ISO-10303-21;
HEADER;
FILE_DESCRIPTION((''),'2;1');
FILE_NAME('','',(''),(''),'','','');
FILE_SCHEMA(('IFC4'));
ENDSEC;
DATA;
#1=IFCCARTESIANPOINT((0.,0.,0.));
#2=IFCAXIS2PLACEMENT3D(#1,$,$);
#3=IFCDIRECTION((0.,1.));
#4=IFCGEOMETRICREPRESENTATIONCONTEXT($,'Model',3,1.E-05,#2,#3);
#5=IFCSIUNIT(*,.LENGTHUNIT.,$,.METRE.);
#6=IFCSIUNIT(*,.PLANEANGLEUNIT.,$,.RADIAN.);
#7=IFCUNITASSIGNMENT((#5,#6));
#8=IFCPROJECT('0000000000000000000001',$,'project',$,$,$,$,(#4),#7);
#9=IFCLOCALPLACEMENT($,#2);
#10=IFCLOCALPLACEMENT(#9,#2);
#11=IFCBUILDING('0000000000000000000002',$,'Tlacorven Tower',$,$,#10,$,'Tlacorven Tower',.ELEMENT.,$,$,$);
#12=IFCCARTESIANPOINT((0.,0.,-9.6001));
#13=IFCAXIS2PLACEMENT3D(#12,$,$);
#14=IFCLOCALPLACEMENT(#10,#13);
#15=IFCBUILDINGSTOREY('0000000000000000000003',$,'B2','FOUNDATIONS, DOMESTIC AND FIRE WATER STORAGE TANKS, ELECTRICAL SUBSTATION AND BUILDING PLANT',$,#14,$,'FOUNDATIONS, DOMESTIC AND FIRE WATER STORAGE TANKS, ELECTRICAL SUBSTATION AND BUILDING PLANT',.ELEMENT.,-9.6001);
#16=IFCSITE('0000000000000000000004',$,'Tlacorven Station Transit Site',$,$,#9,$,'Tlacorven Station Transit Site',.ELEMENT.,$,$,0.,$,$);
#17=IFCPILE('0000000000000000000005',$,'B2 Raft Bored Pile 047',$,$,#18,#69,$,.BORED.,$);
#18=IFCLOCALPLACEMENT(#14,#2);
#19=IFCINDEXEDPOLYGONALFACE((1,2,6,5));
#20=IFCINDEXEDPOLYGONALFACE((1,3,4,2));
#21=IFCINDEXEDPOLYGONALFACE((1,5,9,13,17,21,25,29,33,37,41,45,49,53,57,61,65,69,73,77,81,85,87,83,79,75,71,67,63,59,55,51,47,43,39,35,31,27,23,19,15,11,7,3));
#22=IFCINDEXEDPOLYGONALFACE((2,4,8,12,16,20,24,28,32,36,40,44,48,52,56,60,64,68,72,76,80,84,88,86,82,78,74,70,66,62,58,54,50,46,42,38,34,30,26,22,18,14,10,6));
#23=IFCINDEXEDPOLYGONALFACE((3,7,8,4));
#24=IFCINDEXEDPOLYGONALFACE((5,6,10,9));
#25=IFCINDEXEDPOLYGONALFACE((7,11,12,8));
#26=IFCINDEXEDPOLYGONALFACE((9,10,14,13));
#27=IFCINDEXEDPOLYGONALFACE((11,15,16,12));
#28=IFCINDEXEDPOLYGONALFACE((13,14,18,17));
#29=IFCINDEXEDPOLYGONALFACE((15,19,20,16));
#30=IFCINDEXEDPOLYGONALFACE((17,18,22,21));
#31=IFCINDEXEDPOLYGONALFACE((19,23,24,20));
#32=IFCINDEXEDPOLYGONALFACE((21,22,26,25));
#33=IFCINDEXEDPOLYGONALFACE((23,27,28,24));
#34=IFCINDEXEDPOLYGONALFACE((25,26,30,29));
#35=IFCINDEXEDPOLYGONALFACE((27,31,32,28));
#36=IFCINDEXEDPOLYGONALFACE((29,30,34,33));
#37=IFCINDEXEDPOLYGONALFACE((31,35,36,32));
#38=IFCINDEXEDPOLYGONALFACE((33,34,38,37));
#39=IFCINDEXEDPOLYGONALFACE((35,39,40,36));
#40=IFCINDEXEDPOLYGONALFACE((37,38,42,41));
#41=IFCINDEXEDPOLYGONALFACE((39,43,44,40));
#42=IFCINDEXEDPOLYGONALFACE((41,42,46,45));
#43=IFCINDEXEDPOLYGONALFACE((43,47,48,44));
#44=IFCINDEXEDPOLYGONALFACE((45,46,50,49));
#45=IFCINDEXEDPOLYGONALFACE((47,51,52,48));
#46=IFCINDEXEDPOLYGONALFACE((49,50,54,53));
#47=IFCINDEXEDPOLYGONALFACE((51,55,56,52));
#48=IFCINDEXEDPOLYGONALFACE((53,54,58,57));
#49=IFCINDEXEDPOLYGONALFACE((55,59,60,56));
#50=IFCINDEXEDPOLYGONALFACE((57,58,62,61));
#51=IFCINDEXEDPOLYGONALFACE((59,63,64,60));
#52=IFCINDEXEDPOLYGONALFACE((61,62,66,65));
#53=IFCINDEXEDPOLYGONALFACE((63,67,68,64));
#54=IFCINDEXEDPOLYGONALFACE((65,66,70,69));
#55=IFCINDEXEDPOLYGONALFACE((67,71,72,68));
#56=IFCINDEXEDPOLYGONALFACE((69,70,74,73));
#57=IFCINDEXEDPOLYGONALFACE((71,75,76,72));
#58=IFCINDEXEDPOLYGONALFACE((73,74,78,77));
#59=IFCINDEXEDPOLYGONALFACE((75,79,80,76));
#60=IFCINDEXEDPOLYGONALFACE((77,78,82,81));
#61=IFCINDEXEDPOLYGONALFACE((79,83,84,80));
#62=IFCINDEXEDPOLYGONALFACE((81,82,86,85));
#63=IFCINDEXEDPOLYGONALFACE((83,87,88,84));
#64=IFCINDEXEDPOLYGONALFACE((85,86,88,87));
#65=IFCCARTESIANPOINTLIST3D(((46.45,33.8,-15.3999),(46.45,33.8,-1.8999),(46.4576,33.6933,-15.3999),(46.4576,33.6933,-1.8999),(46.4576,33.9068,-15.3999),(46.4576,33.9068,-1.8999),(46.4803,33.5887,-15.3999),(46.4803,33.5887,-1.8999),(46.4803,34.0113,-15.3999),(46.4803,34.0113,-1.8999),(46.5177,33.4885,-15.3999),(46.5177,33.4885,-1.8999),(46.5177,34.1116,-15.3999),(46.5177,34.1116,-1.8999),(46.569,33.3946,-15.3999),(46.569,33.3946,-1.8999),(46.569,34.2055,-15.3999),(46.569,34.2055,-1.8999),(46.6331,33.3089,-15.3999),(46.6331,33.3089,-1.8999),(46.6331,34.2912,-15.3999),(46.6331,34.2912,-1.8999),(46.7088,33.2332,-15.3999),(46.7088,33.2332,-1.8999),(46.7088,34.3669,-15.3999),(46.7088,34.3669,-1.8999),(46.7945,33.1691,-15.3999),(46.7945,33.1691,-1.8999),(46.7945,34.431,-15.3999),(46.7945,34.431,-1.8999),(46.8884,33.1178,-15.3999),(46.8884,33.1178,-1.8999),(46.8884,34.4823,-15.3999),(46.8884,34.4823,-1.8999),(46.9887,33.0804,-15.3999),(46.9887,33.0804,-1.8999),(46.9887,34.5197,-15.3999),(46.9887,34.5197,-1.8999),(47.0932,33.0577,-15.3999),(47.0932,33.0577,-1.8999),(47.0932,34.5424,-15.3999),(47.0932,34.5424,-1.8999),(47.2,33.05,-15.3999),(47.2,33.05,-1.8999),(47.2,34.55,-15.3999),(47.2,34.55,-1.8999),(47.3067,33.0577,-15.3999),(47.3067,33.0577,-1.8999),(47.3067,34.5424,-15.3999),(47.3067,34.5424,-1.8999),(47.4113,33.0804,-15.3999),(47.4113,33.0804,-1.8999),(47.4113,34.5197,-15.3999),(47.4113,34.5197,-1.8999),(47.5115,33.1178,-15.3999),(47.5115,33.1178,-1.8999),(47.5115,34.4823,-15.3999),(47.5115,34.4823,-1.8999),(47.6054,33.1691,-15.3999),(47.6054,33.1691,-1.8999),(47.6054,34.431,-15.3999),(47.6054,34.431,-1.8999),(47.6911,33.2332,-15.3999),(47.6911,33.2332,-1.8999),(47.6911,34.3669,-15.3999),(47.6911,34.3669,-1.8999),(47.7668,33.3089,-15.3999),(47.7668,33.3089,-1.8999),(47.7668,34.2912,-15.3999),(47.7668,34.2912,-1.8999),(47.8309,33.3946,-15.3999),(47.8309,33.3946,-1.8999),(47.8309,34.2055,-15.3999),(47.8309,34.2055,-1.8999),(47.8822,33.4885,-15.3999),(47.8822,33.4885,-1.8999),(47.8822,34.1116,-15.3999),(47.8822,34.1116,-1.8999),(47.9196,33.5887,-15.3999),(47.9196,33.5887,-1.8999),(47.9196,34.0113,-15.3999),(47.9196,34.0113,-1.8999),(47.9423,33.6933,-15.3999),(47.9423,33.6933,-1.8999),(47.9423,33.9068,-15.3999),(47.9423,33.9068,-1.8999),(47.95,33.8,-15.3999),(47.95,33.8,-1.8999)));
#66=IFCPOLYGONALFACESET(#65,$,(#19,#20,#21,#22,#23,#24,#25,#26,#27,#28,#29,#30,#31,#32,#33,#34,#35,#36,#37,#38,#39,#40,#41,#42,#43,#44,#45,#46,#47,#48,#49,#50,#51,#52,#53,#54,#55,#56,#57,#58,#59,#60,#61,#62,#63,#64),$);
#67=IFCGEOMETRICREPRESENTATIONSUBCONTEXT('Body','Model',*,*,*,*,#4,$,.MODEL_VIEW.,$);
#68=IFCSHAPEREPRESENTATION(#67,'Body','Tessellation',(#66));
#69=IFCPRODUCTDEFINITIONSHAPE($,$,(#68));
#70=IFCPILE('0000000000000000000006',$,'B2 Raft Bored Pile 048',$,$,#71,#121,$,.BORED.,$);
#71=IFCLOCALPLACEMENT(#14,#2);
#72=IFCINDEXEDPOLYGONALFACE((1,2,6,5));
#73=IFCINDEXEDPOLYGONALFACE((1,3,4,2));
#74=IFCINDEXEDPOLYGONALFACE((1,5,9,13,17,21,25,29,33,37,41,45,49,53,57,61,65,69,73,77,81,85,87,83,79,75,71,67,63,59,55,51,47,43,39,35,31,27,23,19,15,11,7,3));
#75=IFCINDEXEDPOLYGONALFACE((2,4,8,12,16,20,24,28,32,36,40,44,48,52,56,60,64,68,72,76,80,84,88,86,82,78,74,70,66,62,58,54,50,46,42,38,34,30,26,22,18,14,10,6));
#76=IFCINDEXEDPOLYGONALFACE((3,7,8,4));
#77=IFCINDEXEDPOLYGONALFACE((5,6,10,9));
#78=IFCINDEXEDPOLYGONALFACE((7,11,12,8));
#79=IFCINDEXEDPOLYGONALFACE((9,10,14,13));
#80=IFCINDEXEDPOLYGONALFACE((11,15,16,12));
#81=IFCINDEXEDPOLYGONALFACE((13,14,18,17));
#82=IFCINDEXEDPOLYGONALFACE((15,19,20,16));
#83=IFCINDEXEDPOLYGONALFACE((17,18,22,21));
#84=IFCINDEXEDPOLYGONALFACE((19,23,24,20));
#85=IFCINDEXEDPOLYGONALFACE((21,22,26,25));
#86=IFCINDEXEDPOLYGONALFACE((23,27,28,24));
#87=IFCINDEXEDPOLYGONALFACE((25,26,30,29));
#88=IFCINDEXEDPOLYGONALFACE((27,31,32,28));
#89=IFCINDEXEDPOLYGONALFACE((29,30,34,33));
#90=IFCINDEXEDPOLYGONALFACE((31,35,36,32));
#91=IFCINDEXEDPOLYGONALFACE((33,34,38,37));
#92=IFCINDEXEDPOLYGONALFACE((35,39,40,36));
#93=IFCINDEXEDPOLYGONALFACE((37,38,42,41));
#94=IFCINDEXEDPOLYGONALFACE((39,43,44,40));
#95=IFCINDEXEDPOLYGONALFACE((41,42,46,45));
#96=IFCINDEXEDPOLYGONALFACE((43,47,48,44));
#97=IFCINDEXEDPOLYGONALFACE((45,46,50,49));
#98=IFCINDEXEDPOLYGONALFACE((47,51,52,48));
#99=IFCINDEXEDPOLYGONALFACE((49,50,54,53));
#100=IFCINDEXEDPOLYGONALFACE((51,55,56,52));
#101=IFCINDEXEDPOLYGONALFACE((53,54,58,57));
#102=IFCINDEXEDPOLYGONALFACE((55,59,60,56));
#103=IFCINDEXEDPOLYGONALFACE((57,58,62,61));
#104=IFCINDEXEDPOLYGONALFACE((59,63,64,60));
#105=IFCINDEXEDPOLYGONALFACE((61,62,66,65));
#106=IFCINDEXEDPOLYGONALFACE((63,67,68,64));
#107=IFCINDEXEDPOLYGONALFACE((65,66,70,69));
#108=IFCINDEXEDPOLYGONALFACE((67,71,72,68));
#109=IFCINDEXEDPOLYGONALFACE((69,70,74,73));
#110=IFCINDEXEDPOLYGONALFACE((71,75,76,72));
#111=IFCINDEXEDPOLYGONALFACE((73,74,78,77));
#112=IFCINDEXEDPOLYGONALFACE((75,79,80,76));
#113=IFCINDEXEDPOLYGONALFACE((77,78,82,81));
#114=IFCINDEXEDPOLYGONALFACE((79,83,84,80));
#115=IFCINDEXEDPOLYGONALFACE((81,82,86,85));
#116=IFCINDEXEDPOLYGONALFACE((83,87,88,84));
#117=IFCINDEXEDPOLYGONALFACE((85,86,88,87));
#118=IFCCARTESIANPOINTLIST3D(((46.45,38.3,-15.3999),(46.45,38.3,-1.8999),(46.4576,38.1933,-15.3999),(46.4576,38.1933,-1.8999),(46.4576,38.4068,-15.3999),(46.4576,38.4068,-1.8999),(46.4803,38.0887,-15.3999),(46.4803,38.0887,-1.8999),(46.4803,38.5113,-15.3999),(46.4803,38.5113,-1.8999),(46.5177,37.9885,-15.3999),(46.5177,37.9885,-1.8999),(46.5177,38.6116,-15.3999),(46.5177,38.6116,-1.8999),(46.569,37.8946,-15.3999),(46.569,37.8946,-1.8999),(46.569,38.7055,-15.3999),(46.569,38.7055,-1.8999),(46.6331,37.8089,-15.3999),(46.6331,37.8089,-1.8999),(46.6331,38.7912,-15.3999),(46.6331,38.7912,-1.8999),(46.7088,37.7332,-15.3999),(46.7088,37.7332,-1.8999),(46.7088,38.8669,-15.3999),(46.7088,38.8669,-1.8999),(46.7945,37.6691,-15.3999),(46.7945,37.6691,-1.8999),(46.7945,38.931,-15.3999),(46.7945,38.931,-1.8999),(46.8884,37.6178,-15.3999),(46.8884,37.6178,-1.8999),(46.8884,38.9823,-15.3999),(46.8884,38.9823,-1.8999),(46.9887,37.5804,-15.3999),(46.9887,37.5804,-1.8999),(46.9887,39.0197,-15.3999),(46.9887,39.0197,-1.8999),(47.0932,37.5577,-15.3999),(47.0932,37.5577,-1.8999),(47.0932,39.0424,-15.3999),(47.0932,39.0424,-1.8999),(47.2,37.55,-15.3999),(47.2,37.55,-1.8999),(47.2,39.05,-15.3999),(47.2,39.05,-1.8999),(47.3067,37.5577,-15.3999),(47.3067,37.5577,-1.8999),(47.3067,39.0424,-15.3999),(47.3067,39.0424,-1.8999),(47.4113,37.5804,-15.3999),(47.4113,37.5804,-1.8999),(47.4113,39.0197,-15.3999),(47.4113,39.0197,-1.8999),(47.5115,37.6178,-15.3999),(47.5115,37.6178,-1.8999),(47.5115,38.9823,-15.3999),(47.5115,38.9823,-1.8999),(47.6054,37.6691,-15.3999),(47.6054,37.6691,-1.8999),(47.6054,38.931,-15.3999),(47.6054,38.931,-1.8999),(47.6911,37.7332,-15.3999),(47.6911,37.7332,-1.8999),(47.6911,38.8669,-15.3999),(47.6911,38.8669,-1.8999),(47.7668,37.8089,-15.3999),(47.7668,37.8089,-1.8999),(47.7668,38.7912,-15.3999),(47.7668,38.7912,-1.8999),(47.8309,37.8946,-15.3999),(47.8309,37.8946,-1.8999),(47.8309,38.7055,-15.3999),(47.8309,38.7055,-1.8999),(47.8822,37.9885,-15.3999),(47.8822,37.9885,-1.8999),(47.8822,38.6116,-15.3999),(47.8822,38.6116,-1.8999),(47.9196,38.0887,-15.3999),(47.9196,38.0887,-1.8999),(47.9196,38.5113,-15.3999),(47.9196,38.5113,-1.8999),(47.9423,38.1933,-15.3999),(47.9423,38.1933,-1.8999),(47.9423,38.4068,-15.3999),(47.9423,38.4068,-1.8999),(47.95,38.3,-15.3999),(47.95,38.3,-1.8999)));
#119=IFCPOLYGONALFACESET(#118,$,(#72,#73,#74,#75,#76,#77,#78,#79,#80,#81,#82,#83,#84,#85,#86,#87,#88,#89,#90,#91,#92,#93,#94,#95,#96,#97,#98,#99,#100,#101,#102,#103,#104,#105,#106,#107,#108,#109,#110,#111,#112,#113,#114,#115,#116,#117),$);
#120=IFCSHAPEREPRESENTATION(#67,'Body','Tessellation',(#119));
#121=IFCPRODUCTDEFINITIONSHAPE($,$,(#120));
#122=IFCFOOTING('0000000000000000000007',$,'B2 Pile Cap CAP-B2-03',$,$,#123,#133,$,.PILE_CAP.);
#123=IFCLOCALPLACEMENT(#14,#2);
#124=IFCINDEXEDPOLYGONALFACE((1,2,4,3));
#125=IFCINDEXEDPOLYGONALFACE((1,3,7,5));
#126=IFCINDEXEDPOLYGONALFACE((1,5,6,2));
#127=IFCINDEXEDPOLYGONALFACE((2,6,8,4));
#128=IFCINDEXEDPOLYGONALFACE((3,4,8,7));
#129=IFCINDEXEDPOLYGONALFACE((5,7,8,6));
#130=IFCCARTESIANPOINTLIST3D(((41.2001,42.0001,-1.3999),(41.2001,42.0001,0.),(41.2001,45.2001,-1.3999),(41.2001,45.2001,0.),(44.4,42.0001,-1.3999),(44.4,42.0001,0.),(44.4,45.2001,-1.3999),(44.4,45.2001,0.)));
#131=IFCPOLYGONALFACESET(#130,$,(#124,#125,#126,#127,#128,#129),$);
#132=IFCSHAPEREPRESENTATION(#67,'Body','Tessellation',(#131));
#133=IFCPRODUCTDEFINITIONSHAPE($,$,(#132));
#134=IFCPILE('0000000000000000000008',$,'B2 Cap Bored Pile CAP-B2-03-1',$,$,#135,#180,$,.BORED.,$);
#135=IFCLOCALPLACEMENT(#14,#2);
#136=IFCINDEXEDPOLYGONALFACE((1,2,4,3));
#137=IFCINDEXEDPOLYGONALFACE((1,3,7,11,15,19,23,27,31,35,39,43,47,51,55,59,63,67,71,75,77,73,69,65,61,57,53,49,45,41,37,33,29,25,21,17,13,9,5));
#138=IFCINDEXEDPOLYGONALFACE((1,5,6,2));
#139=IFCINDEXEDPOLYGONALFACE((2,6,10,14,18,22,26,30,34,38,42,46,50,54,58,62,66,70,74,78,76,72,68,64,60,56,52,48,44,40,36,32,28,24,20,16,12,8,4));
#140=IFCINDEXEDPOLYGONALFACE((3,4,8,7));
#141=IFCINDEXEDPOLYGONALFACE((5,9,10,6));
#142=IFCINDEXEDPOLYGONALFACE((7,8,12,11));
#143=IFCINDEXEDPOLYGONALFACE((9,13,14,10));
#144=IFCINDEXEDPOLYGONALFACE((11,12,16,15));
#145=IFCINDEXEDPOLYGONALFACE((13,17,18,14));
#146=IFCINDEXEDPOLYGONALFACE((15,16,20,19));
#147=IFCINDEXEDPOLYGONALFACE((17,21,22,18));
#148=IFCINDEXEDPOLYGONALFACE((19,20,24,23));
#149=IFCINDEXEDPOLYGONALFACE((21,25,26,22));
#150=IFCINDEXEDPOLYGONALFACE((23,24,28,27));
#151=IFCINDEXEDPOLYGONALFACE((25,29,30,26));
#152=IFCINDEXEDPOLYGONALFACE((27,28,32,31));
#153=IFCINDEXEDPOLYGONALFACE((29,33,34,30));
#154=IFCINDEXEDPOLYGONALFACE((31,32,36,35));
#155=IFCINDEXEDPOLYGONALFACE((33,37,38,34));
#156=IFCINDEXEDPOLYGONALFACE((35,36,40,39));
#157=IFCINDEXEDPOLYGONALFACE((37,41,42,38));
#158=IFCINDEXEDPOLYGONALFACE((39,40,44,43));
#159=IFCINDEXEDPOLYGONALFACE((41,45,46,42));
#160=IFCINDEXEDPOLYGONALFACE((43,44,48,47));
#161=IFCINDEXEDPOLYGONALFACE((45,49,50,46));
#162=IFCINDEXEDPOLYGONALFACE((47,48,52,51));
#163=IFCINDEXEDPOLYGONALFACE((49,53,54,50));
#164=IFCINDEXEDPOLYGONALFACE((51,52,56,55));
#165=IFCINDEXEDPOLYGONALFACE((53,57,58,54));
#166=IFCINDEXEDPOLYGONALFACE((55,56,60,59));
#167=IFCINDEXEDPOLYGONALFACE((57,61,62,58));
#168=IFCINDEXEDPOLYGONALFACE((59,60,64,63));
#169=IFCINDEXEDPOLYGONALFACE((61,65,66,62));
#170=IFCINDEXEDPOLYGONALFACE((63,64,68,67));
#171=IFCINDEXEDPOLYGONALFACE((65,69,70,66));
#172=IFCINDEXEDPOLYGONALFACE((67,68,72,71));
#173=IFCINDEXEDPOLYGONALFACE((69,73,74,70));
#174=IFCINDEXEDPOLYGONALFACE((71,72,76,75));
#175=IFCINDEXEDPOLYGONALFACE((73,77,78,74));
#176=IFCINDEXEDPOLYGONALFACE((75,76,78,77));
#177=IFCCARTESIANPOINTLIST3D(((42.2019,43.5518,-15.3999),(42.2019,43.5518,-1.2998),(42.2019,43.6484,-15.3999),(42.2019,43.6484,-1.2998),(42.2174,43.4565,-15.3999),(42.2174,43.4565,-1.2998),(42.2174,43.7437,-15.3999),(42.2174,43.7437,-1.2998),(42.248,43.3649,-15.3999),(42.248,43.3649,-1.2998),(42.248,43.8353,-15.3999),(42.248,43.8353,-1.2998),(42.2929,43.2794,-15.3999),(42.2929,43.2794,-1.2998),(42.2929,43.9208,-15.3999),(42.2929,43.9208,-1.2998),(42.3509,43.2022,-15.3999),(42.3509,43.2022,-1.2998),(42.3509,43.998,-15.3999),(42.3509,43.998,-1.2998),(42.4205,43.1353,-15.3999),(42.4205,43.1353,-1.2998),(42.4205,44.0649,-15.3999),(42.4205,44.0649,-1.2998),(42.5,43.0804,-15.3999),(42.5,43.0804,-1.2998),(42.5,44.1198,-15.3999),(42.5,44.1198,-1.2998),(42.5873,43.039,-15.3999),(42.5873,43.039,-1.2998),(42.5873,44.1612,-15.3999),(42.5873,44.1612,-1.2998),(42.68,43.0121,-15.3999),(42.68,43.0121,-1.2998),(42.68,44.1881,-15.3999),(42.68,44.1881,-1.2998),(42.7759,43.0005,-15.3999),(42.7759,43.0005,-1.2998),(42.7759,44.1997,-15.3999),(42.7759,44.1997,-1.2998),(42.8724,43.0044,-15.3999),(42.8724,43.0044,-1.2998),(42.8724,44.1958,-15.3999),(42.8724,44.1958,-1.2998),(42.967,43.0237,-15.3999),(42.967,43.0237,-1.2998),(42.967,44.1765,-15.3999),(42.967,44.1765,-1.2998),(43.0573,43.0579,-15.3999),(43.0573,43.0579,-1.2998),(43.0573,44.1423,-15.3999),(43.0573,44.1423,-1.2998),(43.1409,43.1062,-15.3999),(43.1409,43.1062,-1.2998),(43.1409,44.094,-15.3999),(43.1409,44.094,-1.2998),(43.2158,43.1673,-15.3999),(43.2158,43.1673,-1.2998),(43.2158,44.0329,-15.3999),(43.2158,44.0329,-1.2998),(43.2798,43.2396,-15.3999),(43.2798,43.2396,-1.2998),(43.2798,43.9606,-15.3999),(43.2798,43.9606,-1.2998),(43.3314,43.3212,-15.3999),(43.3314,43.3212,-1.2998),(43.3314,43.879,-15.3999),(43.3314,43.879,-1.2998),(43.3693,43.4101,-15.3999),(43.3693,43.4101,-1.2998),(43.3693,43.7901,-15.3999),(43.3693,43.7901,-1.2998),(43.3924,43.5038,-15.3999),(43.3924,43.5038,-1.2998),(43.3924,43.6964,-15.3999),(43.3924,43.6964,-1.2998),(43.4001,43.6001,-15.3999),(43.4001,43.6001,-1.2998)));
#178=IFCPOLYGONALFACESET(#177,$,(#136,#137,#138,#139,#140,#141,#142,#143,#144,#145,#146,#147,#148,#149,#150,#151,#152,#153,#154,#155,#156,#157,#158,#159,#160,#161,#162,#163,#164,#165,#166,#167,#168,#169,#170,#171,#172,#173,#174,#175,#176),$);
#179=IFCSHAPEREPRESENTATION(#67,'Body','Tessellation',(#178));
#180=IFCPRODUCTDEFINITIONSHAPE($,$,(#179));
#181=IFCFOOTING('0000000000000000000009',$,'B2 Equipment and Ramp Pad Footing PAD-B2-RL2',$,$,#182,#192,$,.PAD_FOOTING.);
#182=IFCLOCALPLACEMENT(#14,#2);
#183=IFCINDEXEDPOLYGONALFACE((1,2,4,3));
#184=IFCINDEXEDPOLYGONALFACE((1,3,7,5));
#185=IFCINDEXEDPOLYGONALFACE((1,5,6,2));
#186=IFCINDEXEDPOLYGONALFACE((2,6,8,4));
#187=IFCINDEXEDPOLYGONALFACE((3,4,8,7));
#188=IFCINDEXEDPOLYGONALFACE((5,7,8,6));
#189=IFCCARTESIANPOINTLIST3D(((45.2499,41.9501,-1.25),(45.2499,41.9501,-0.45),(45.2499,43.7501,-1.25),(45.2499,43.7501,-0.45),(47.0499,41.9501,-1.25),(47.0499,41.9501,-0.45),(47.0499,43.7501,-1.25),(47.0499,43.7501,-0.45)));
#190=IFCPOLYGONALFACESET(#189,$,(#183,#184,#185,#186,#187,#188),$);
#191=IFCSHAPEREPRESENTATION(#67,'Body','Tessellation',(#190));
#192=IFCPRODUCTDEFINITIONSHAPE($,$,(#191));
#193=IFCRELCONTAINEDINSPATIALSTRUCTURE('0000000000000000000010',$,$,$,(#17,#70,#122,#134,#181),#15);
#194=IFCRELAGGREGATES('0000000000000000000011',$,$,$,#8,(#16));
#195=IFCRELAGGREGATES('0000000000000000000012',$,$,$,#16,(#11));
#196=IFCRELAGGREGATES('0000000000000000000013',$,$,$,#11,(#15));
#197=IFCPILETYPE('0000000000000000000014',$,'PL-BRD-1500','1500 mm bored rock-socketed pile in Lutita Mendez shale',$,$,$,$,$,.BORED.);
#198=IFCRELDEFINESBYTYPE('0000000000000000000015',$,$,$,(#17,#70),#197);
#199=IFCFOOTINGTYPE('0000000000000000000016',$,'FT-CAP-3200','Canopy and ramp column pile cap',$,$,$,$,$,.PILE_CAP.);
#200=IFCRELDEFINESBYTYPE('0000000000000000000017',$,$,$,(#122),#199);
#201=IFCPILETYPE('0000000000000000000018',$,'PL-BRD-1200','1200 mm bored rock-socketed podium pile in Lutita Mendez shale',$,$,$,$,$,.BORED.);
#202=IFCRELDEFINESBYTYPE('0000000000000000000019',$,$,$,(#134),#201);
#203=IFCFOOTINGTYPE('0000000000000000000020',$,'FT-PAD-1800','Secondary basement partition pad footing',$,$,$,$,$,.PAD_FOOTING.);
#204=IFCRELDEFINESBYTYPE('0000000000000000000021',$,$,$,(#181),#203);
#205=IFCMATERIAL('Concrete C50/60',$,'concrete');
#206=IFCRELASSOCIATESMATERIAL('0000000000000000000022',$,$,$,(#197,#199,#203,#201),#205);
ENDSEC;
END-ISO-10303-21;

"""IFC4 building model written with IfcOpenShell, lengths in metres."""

from ifc_helpers import new_model, si_unit, direction, frame, origin, origin_2d, place, context, subcontext, project, spatial, rectangle, circle, extrude, source, transform, mapped, material, material_profile, profile_set, type_object, element, save


model = new_model("IFC4")

# Units and contexts
model_context = context("Model", 3, precision=1e-05, world=origin(), true_north=direction((0.0, 1.0)))
body_context = subcontext(model_context, "Body", "Model", "MODEL_VIEW")
ifc_project = project(units=[si_unit("LENGTHUNIT", "METRE"), si_unit("PLANEANGLEUNIT", "RADIAN")], contexts=[model_context])

# Site, building, storey
site_placement = place(None, origin())
site = spatial("IfcSite", under=ifc_project, at=site_placement, Name="Tlacorven Station Transit Site", LongName="Tlacorven Station Transit Site", CompositionType="ELEMENT", RefElevation=0.0)
building_placement = place(site_placement, origin())
building = spatial("IfcBuilding", under=site, at=building_placement, Name="Tlacorven Tower", LongName="Tlacorven Tower", CompositionType="ELEMENT")
storey_placement = place(building_placement, frame((0.0, 0.0, -9.6001)))
storey = spatial("IfcBuildingStorey", under=building, at=storey_placement, Name="B2", Description="FOUNDATIONS, DOMESTIC AND FIRE WATER STORAGE TANKS, ELECTRICAL SUBSTATION AND BUILDING PLANT", LongName="FOUNDATIONS, DOMESTIC AND FIRE WATER STORAGE TANKS, ELECTRICAL SUBSTATION AND BUILDING PLANT", CompositionType="ELEMENT", Elevation=-9.6001)

# Piles
ifc_material_1 = material(Name="Concrete C50/60", Category="concrete")
ifc_material_profile_1 = material_profile(ifc_material_1, circle(Radius=0.75, at=origin_2d()), Name="BORED PILE D1500")
ifc_profile_set_1 = profile_set([ifc_material_profile_1], Name="Concrete C50/60")
pile_type_1 = type_object("IfcPileType", Name="PL-BRD-1500", Description="1500 mm bored rock-socketed pile in Lutita Mendez shale", PredefinedType="BORED", material=ifc_profile_set_1)
shared_shape_1 = source(origin(), body_context, "Body", "SweptSolid", [
    extrude(circle(Radius=0.75, at=origin_2d()), origin(), (0.0, 0.0, 1.0), 13.5),
])
for number, where, z_axis, x_axis, name in (
    (1, (47.2, 33.8, -1.8999), (0.0, 0.0, -1.0), (1.0, 0.0, 0.0), "B2 Raft Bored Pile 047"),
    (2, (47.2, 38.3, -1.8999), (0.0, 0.0, -1.0), (1.0, 0.0, 0.0), "B2 Raft Bored Pile 048"),
):
    element("IfcPile", number, at=place(storey_placement, frame(where, z_axis=z_axis, x_axis=x_axis)), inside=storey, type_object=pile_type_1, Name=name, PredefinedType="BORED", context=body_context, shape_type="MappedRepresentation", body=[
        mapped(shared_shape_1, transform((0.0, 0.0, 0.0), scale=1.0)),
    ])

# Footing
footing_type_1 = type_object("IfcFootingType", Name="FT-CAP-3200", Description="Canopy and ramp column pile cap", PredefinedType="PILE_CAP", material=ifc_material_1)
shared_shape_2 = source(origin(), body_context, "Body", "SweptSolid", [
    extrude(rectangle(XDim=3.2, YDim=3.2, at=origin_2d()), origin(), (0.0, 0.0, 1.0), 1.3999),
])
footing_1_placement = place(storey_placement, frame((42.8, 43.6001, -1.3999), z_axis=(0.0, 0.0, 1.0), x_axis=(1.0, 0.0, 0.0)))
element("IfcFooting", 3, at=footing_1_placement, inside=storey, type_object=footing_type_1, Name="B2 Pile Cap CAP-B2-03", PredefinedType="PILE_CAP", context=body_context, shape_type="MappedRepresentation", body=[
    mapped(shared_shape_2, transform((0.0, 0.0, 0.0), scale=1.0)),
])

# Pile
ifc_material_profile_2 = material_profile(ifc_material_1, circle(Radius=0.6001, at=origin_2d()), Name="BORED PILE D1200")
ifc_profile_set_2 = profile_set([ifc_material_profile_2], Name="Concrete C50/60")
pile_type_2 = type_object("IfcPileType", Name="PL-BRD-1200", Description="1200 mm bored rock-socketed podium pile in Lutita Mendez shale", PredefinedType="BORED", material=ifc_profile_set_2)
shared_shape_3 = source(origin(), body_context, "Body", "SweptSolid", [
    extrude(circle(Radius=0.6001, at=origin_2d()), origin(), (0.0, 0.0, 1.0), 14.1001),
])
pile_placement = place(storey_placement, frame((42.8, 43.6001, -1.2998), z_axis=(0.0, 0.0, -1.0), x_axis=(1.0, 0.0, 0.0)))
element("IfcPile", 4, at=pile_placement, inside=storey, type_object=pile_type_2, Name="B2 Cap Bored Pile CAP-B2-03-1", PredefinedType="BORED", context=body_context, shape_type="MappedRepresentation", body=[
    mapped(shared_shape_3, transform((0.0, 0.0, 0.0), scale=1.0)),
])

# Footing
footing_type_2 = type_object("IfcFootingType", Name="FT-PAD-1800", Description="Secondary basement partition pad footing", PredefinedType="PAD_FOOTING", material=ifc_material_1)
shared_shape_4 = source(origin(), body_context, "Body", "SweptSolid", [
    extrude(rectangle(XDim=1.8, YDim=1.8, at=origin_2d()), origin(), (0.0, 0.0, 1.0), 0.8),
])
footing_2_placement = place(storey_placement, frame((46.1499, 42.8501, -1.25), z_axis=(0.0, 0.0, 1.0), x_axis=(1.0, 0.0, 0.0)))
element("IfcFooting", 5, at=footing_2_placement, inside=storey, type_object=footing_type_2, Name="B2 Equipment and Ramp Pad Footing PAD-B2-RL2", PredefinedType="PAD_FOOTING", context=body_context, shape_type="MappedRepresentation", body=[
    mapped(shared_shape_4, transform((0.0, 0.0, 0.0), scale=1.0)),
])

save(model, "model.ifc")
